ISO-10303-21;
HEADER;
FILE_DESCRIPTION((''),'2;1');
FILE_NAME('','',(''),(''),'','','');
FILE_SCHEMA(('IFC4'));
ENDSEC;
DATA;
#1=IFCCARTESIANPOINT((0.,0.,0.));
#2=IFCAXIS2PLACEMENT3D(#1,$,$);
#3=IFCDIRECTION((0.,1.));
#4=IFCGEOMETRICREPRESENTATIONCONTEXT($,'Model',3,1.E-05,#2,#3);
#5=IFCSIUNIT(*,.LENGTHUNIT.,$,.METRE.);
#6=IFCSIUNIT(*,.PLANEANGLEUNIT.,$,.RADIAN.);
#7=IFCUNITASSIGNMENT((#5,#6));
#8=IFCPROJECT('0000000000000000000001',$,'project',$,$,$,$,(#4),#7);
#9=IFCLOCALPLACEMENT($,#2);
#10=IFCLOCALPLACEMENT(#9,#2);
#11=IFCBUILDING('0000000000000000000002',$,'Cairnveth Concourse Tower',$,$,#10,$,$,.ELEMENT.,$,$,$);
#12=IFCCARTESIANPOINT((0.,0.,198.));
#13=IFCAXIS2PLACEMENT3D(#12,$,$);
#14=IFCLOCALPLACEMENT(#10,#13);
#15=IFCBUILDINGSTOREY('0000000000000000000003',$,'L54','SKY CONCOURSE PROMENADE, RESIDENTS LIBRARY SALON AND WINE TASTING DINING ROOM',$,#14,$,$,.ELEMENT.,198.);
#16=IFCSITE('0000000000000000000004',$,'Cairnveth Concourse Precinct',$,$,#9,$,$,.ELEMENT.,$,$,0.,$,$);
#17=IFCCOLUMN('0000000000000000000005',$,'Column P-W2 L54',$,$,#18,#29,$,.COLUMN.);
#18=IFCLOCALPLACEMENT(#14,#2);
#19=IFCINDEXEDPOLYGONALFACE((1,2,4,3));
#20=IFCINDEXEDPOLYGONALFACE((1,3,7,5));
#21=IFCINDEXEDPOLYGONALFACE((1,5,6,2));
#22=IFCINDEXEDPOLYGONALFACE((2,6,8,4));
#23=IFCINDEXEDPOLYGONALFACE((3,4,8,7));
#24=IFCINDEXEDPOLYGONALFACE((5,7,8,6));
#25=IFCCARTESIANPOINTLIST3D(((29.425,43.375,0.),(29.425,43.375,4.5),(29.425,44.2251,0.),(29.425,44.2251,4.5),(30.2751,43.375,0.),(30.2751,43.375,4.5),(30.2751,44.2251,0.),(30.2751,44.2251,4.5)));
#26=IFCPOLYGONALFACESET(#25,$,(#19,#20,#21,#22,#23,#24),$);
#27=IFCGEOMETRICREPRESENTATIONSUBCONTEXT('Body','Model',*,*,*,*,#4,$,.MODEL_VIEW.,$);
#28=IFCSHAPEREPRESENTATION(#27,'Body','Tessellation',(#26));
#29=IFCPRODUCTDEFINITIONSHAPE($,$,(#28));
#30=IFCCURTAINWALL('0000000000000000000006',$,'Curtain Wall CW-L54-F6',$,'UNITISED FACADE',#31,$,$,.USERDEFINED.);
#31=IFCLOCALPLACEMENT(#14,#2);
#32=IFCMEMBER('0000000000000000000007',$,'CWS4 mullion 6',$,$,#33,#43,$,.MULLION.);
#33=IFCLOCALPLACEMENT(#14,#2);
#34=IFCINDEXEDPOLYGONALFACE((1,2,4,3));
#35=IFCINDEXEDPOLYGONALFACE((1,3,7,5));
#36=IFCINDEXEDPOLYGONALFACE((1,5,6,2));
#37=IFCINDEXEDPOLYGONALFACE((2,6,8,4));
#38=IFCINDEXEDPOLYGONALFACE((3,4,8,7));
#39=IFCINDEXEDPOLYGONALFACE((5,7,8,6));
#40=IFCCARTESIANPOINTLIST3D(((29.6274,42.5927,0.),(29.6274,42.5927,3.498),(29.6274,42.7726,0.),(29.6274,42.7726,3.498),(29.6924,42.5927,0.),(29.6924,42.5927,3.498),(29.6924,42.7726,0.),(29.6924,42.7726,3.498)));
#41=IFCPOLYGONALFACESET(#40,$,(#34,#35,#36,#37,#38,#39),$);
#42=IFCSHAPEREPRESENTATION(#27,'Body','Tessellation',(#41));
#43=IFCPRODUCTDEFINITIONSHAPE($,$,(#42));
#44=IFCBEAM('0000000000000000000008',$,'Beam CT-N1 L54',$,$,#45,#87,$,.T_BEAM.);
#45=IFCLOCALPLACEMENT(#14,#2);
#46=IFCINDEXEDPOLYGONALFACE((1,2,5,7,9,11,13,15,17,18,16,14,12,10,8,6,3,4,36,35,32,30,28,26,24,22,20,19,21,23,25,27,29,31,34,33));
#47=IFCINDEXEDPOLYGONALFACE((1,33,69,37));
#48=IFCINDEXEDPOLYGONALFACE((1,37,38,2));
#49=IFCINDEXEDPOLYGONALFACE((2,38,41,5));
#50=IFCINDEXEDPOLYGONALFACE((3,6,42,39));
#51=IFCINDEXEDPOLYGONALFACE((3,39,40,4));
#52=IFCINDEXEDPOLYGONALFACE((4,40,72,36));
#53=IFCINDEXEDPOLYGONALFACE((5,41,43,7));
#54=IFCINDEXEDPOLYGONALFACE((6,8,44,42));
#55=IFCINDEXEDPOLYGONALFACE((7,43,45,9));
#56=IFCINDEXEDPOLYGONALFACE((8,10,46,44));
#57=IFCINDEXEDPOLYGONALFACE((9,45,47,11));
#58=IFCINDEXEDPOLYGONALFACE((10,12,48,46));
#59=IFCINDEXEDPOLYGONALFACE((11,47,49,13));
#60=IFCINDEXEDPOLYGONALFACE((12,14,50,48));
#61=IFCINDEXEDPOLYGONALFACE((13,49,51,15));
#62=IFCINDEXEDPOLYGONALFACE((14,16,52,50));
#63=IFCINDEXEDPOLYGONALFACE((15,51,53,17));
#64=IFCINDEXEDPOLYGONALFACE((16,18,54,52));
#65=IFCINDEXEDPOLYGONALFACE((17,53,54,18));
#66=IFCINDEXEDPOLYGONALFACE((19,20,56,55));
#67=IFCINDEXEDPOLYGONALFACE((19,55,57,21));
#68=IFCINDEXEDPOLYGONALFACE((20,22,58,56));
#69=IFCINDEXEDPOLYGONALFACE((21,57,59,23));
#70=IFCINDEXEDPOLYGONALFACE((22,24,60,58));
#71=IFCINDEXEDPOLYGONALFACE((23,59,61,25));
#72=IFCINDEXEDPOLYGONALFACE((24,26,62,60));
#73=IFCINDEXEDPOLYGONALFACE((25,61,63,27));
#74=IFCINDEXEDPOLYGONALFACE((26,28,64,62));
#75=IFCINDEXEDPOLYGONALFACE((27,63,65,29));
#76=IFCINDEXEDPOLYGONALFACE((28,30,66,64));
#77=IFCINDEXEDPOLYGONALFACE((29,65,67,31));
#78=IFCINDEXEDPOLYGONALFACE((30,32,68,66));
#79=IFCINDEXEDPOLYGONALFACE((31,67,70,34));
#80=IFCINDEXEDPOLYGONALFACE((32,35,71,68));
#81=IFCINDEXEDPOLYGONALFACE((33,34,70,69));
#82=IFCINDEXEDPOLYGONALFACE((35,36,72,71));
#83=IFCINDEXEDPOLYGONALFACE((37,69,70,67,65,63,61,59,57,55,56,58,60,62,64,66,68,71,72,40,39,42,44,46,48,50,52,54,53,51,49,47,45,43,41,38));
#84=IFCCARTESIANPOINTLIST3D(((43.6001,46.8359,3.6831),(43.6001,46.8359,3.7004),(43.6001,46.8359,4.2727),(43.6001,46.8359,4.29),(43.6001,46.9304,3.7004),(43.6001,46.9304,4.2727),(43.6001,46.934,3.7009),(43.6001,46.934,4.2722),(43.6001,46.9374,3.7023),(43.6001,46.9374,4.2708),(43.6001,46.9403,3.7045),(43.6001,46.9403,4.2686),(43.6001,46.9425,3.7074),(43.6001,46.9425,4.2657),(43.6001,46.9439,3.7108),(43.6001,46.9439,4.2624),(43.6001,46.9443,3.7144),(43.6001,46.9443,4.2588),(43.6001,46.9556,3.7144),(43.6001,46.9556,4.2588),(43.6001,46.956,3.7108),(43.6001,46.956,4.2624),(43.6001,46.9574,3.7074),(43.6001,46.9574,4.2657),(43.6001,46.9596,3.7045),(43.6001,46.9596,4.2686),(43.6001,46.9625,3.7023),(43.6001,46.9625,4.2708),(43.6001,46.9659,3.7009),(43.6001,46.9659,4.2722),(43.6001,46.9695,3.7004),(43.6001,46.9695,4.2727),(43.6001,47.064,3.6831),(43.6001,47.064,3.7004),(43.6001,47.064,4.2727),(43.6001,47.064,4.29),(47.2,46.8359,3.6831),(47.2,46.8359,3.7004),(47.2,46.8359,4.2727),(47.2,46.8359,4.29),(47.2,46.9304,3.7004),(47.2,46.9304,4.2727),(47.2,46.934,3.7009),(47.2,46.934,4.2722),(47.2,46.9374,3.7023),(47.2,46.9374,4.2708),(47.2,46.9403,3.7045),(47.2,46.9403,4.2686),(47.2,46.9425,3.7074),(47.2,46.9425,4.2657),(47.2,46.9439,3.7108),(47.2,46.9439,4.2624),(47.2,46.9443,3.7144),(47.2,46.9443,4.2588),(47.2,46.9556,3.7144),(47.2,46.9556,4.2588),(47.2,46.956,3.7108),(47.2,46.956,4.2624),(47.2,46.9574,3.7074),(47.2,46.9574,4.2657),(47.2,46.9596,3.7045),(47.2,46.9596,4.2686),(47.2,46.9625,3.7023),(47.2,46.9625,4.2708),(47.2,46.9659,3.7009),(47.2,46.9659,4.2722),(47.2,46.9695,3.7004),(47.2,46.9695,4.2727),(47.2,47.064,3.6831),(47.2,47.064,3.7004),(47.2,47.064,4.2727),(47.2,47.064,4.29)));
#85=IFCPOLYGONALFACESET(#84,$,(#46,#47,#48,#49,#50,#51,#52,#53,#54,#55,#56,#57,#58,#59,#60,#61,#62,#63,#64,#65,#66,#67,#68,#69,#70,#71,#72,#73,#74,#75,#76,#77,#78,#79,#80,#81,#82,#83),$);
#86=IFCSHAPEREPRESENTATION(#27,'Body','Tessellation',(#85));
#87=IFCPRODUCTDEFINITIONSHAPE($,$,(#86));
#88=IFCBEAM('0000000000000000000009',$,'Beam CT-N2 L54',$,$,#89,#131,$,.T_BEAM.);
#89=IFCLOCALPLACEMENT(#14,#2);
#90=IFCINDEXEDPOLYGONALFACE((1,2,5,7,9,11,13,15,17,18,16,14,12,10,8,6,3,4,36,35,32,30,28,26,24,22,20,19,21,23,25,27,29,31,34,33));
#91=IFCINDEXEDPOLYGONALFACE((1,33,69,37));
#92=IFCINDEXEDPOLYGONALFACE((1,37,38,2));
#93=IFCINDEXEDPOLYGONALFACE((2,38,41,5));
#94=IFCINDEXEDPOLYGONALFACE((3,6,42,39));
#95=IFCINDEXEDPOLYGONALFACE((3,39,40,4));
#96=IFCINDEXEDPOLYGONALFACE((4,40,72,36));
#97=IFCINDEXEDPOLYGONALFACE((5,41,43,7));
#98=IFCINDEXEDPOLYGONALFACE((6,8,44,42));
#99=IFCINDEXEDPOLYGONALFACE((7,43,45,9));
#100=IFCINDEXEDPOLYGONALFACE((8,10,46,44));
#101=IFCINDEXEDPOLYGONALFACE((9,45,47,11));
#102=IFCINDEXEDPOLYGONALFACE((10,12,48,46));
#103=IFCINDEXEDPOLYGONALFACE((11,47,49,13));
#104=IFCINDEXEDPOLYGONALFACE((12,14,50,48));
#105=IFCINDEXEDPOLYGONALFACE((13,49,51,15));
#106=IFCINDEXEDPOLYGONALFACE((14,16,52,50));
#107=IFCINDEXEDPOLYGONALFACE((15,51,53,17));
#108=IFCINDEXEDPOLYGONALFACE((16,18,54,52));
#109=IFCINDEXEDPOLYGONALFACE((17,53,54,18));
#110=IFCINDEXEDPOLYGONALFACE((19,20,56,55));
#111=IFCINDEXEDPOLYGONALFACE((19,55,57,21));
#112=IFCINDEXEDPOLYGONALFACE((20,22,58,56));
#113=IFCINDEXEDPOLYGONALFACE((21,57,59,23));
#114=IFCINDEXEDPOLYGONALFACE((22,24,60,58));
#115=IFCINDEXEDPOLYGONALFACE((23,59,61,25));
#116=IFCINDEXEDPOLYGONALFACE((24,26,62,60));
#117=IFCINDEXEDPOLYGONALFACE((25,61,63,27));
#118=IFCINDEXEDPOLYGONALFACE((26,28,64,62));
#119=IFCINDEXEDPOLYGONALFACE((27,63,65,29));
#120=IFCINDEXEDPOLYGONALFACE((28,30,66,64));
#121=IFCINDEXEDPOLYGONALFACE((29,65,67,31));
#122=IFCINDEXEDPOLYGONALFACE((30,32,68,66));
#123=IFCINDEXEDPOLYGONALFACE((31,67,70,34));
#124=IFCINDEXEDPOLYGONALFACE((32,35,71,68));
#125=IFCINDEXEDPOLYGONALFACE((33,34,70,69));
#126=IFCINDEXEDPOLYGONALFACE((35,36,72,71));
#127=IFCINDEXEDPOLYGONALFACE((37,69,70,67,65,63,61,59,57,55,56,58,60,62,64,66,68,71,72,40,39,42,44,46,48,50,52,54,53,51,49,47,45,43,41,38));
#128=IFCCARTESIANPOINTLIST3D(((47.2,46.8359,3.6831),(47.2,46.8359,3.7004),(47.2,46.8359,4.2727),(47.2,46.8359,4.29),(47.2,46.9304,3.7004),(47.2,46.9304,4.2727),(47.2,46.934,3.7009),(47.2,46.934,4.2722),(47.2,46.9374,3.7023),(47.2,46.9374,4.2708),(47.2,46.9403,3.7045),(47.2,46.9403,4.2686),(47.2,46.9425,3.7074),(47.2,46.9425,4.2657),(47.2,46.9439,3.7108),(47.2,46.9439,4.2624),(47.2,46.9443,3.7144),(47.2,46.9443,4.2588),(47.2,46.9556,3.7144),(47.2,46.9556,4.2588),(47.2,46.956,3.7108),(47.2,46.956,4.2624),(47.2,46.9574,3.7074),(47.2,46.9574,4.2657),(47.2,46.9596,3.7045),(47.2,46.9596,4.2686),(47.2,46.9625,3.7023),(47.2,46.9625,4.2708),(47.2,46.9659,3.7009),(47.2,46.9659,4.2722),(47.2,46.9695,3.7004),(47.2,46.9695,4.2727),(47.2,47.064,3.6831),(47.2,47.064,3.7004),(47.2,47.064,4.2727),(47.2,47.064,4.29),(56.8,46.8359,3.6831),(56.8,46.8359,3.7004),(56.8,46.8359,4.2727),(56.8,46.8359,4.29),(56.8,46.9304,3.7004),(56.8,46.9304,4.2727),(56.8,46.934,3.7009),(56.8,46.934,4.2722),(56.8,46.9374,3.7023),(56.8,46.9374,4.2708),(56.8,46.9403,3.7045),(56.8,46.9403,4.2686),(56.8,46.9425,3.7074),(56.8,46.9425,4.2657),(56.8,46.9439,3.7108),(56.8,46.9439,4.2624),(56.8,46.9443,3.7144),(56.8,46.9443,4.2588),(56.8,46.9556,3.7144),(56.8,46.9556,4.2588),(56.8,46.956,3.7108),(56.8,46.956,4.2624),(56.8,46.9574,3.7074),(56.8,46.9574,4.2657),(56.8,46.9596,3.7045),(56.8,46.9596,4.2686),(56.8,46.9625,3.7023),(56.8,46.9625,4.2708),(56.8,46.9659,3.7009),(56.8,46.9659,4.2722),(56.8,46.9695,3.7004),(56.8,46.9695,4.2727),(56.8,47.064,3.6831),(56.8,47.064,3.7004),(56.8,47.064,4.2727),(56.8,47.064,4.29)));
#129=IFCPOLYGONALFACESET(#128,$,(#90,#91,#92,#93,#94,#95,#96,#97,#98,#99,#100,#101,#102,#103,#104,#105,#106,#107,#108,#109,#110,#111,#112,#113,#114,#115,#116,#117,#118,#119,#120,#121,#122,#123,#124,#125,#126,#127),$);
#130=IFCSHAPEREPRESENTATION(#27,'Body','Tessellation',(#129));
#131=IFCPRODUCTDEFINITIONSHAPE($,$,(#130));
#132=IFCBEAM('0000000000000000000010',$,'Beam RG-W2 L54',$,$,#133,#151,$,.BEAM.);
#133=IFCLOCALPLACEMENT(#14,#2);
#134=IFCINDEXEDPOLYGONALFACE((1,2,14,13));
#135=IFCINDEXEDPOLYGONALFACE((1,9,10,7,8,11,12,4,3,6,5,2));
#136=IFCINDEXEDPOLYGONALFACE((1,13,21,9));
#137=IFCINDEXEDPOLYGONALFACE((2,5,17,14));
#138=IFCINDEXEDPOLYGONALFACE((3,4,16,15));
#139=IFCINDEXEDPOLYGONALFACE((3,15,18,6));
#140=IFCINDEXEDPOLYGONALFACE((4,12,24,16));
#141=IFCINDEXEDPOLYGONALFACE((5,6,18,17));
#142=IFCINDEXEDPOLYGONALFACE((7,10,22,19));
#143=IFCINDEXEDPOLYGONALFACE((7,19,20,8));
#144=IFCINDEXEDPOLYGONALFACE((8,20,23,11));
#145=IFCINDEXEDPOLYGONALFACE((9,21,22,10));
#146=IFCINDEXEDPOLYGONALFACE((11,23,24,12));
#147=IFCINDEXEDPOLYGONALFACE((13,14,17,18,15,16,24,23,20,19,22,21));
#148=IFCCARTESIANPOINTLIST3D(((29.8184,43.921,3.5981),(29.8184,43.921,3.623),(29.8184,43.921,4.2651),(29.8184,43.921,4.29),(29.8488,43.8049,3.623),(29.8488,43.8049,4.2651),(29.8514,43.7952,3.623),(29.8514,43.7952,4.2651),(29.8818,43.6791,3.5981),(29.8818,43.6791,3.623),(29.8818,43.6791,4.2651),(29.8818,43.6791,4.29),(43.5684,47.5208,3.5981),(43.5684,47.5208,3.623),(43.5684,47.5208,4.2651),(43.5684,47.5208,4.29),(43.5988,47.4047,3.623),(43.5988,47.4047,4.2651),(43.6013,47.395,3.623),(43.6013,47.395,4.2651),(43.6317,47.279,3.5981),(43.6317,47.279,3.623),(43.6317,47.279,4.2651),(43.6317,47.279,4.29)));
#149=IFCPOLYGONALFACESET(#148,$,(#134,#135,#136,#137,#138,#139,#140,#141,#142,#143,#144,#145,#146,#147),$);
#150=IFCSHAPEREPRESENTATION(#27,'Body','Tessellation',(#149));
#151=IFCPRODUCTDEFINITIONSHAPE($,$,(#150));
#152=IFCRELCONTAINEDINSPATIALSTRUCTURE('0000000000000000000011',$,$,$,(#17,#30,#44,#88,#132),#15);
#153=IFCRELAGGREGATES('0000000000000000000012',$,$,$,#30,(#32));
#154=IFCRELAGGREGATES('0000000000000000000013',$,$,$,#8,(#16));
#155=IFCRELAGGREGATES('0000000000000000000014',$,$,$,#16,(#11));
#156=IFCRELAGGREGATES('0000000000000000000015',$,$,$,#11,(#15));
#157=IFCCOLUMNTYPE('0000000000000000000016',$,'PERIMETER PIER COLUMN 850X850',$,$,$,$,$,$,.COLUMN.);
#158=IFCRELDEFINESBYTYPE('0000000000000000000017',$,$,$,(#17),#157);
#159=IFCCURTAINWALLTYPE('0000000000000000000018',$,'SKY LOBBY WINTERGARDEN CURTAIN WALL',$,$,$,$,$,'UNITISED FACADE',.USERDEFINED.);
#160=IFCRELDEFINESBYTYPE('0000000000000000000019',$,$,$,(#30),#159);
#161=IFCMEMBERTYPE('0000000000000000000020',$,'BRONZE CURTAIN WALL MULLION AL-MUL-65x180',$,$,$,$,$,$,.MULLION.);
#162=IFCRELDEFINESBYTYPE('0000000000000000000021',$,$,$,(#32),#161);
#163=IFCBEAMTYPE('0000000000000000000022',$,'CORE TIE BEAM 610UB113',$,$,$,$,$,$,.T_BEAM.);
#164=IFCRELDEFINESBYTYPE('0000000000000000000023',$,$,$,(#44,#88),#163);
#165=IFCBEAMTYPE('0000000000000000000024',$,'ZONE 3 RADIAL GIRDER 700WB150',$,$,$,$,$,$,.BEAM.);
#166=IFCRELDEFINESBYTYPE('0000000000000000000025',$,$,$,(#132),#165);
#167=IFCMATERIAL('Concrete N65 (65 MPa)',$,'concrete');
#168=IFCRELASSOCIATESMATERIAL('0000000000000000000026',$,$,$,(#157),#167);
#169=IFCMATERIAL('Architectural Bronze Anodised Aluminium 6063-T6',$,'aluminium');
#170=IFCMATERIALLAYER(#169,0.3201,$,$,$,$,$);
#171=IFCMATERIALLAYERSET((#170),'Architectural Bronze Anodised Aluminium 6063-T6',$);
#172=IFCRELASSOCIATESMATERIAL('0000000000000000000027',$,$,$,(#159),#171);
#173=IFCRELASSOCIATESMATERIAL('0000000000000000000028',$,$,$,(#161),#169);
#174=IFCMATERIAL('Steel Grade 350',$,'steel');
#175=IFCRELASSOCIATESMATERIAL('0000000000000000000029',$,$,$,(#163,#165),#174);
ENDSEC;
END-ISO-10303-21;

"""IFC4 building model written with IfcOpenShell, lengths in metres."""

from ifc_helpers import new_model, si_unit, direction, frame, origin, origin_2d, place, context, subcontext, project, spatial, rectangle, i_section, extrude, material, layer, layer_set, material_profile, profile_set, type_object, element, aggregate, save


model = new_model("IFC4")

# Units and contexts
model_context = context("Model", 3, precision=1e-05, world=origin(), true_north=direction((0.0, 1.0)))
body_context = subcontext(model_context, "Body", "Model", "MODEL_VIEW")
ifc_project = project(units=[si_unit("LENGTHUNIT", "METRE"), si_unit("PLANEANGLEUNIT", "RADIAN")], contexts=[model_context])

# Site, building, storey
site_placement = place(None, origin())
site = spatial("IfcSite", under=ifc_project, at=site_placement, Name="Cairnveth Concourse Precinct", CompositionType="ELEMENT", RefElevation=0.0)
building_placement = place(site_placement, origin())
building = spatial("IfcBuilding", under=site, at=building_placement, Name="Cairnveth Concourse Tower", CompositionType="ELEMENT")
storey_placement = place(building_placement, frame((0.0, 0.0, 198.0)))
storey = spatial("IfcBuildingStorey", under=building, at=storey_placement, Name="L54", Description="SKY CONCOURSE PROMENADE, RESIDENTS LIBRARY SALON AND WINE TASTING DINING ROOM", CompositionType="ELEMENT", Elevation=198.0)

# Column
ifc_material_1 = material(Name="Concrete N65 (65 MPa)", Category="concrete")
ifc_material_profile_1 = material_profile(ifc_material_1, rectangle(XDim=0.8501, YDim=0.8501, at=origin_2d()), Name="RC-COL-850x850")
ifc_profile_set_1 = profile_set([ifc_material_profile_1], Name="Concrete N65 (65 MPa)")
column_type = type_object("IfcColumnType", Name="PERIMETER PIER COLUMN 850X850", PredefinedType="COLUMN", material=ifc_profile_set_1)
column_placement = place(storey_placement, frame((29.8501, 43.8, 0.0), z_axis=(0.0, 0.0, 1.0), x_axis=(0.0, 1.0, 0.0)))
element("IfcColumn", 1, at=column_placement, inside=storey, type_object=column_type, Name="Column P-W2 L54", PredefinedType="COLUMN", context=body_context, shape_type="SweptSolid", body=[
    extrude(rectangle(XDim=0.8501, YDim=0.8501, at=origin_2d()), origin(), (0.0, 0.0, 1.0), 4.5),
])

# Curtain wall, member
ifc_material_2 = material(Name="Architectural Bronze Anodised Aluminium 6063-T6", Category="aluminium")
ifc_layer_1 = layer(ifc_material_2, 0.3201)
ifc_layer_set_1 = layer_set([ifc_layer_1], Name="Architectural Bronze Anodised Aluminium 6063-T6")
curtain_wall_type = type_object("IfcCurtainWallType", Name="SKY LOBBY WINTERGARDEN CURTAIN WALL", ElementType="UNITISED FACADE", PredefinedType="USERDEFINED", material=ifc_layer_set_1)
curtain_wall_placement = place(storey_placement, origin())
curtain_wall = element("IfcCurtainWall", 2, at=curtain_wall_placement, inside=storey, type_object=curtain_wall_type, Name="Curtain Wall CW-L54-F6", ObjectType="UNITISED FACADE", PredefinedType="USERDEFINED")
ifc_material_profile_2 = material_profile(ifc_material_2, rectangle(XDim=0.0649, YDim=0.1799, at=origin_2d()), Name="AL-MUL-65x180")
ifc_profile_set_2 = profile_set([ifc_material_profile_2], Name="Architectural Bronze Anodised Aluminium 6063-T6")
member_type = type_object("IfcMemberType", Name="BRONZE CURTAIN WALL MULLION AL-MUL-65x180", PredefinedType="MULLION", material=ifc_profile_set_2)
member_placement = place(storey_placement, frame((29.6599, 42.6826, 0.0), z_axis=(0.0, 0.0, 1.0), x_axis=(-1.0, 0.0, 0.0)))
member = element("IfcMember", 3, at=member_placement, type_object=member_type, Name="CWS4 mullion 6", PredefinedType="MULLION", context=body_context, shape_type="SweptSolid", body=[
    extrude(rectangle(XDim=0.0649, YDim=0.1799, at=origin_2d()), origin(), (0.0, 0.0, 1.0), 3.498),
])
aggregate(curtain_wall, [member])

# Beams
ifc_material_3 = material(Name="Steel Grade 350", Category="steel")
ifc_material_profile_3 = material_profile(ifc_material_3, i_section(OverallWidth=0.228, OverallDepth=0.6069, WebThickness=0.0112, FlangeThickness=0.0173, FilletRadius=0.0139, at=origin_2d()), Name="610UB113")
ifc_profile_set_3 = profile_set([ifc_material_profile_3], Name="Steel Grade 350")
beam_type_1 = type_object("IfcBeamType", Name="CORE TIE BEAM 610UB113", PredefinedType="T_BEAM", material=ifc_profile_set_3)
beam_1_placement = place(storey_placement, frame((43.6001, 46.95, 3.9866), z_axis=(1.0, 0.0, 0.0), x_axis=(0.0, 1.0, 0.0)))
element("IfcBeam", 4, at=beam_1_placement, inside=storey, type_object=beam_type_1, Name="Beam CT-N1 L54", PredefinedType="T_BEAM", context=body_context, shape_type="SweptSolid", body=[
    extrude(i_section(OverallWidth=0.228, OverallDepth=0.6069, WebThickness=0.0112, FlangeThickness=0.0173, FilletRadius=0.0139, at=origin_2d()), origin(), (0.0, 0.0, 1.0), 3.5999),
])
beam_2_placement = place(storey_placement, frame((47.2, 46.95, 3.9866), z_axis=(1.0, 0.0, 0.0), x_axis=(0.0, 1.0, 0.0)))
element("IfcBeam", 5, at=beam_2_placement, inside=storey, type_object=beam_type_1, Name="Beam CT-N2 L54", PredefinedType="T_BEAM", context=body_context, shape_type="SweptSolid", body=[
    extrude(i_section(OverallWidth=0.228, OverallDepth=0.6069, WebThickness=0.0112, FlangeThickness=0.0173, FilletRadius=0.0139, at=origin_2d()), origin(), (0.0, 0.0, 1.0), 9.6001),
])
ifc_material_profile_4 = material_profile(ifc_material_3, i_section(OverallWidth=0.25, OverallDepth=0.6919, WebThickness=0.01, FlangeThickness=0.0249, at=origin_2d()), Name="700WB150")
ifc_profile_set_4 = profile_set([ifc_material_profile_4], Name="Steel Grade 350")
beam_type_2 = type_object("IfcBeamType", Name="ZONE 3 RADIAL GIRDER 700WB150", PredefinedType="BEAM", material=ifc_profile_set_4)
beam_3_placement = place(storey_placement, frame((29.8501, 43.8, 3.9441), z_axis=(0.967395, 0.253271, 0.0), x_axis=(-0.253271, 0.967395, 0.0)))
element("IfcBeam", 6, at=beam_3_placement, inside=storey, type_object=beam_type_2, Name="Beam RG-W2 L54", PredefinedType="BEAM", context=body_context, shape_type="SweptSolid", body=[
    extrude(i_section(OverallWidth=0.25, OverallDepth=0.6919, WebThickness=0.01, FlangeThickness=0.0249, at=origin_2d()), origin(), (0.0, 0.0, 1.0), 14.2134),
])

save(model, "model.ifc")
